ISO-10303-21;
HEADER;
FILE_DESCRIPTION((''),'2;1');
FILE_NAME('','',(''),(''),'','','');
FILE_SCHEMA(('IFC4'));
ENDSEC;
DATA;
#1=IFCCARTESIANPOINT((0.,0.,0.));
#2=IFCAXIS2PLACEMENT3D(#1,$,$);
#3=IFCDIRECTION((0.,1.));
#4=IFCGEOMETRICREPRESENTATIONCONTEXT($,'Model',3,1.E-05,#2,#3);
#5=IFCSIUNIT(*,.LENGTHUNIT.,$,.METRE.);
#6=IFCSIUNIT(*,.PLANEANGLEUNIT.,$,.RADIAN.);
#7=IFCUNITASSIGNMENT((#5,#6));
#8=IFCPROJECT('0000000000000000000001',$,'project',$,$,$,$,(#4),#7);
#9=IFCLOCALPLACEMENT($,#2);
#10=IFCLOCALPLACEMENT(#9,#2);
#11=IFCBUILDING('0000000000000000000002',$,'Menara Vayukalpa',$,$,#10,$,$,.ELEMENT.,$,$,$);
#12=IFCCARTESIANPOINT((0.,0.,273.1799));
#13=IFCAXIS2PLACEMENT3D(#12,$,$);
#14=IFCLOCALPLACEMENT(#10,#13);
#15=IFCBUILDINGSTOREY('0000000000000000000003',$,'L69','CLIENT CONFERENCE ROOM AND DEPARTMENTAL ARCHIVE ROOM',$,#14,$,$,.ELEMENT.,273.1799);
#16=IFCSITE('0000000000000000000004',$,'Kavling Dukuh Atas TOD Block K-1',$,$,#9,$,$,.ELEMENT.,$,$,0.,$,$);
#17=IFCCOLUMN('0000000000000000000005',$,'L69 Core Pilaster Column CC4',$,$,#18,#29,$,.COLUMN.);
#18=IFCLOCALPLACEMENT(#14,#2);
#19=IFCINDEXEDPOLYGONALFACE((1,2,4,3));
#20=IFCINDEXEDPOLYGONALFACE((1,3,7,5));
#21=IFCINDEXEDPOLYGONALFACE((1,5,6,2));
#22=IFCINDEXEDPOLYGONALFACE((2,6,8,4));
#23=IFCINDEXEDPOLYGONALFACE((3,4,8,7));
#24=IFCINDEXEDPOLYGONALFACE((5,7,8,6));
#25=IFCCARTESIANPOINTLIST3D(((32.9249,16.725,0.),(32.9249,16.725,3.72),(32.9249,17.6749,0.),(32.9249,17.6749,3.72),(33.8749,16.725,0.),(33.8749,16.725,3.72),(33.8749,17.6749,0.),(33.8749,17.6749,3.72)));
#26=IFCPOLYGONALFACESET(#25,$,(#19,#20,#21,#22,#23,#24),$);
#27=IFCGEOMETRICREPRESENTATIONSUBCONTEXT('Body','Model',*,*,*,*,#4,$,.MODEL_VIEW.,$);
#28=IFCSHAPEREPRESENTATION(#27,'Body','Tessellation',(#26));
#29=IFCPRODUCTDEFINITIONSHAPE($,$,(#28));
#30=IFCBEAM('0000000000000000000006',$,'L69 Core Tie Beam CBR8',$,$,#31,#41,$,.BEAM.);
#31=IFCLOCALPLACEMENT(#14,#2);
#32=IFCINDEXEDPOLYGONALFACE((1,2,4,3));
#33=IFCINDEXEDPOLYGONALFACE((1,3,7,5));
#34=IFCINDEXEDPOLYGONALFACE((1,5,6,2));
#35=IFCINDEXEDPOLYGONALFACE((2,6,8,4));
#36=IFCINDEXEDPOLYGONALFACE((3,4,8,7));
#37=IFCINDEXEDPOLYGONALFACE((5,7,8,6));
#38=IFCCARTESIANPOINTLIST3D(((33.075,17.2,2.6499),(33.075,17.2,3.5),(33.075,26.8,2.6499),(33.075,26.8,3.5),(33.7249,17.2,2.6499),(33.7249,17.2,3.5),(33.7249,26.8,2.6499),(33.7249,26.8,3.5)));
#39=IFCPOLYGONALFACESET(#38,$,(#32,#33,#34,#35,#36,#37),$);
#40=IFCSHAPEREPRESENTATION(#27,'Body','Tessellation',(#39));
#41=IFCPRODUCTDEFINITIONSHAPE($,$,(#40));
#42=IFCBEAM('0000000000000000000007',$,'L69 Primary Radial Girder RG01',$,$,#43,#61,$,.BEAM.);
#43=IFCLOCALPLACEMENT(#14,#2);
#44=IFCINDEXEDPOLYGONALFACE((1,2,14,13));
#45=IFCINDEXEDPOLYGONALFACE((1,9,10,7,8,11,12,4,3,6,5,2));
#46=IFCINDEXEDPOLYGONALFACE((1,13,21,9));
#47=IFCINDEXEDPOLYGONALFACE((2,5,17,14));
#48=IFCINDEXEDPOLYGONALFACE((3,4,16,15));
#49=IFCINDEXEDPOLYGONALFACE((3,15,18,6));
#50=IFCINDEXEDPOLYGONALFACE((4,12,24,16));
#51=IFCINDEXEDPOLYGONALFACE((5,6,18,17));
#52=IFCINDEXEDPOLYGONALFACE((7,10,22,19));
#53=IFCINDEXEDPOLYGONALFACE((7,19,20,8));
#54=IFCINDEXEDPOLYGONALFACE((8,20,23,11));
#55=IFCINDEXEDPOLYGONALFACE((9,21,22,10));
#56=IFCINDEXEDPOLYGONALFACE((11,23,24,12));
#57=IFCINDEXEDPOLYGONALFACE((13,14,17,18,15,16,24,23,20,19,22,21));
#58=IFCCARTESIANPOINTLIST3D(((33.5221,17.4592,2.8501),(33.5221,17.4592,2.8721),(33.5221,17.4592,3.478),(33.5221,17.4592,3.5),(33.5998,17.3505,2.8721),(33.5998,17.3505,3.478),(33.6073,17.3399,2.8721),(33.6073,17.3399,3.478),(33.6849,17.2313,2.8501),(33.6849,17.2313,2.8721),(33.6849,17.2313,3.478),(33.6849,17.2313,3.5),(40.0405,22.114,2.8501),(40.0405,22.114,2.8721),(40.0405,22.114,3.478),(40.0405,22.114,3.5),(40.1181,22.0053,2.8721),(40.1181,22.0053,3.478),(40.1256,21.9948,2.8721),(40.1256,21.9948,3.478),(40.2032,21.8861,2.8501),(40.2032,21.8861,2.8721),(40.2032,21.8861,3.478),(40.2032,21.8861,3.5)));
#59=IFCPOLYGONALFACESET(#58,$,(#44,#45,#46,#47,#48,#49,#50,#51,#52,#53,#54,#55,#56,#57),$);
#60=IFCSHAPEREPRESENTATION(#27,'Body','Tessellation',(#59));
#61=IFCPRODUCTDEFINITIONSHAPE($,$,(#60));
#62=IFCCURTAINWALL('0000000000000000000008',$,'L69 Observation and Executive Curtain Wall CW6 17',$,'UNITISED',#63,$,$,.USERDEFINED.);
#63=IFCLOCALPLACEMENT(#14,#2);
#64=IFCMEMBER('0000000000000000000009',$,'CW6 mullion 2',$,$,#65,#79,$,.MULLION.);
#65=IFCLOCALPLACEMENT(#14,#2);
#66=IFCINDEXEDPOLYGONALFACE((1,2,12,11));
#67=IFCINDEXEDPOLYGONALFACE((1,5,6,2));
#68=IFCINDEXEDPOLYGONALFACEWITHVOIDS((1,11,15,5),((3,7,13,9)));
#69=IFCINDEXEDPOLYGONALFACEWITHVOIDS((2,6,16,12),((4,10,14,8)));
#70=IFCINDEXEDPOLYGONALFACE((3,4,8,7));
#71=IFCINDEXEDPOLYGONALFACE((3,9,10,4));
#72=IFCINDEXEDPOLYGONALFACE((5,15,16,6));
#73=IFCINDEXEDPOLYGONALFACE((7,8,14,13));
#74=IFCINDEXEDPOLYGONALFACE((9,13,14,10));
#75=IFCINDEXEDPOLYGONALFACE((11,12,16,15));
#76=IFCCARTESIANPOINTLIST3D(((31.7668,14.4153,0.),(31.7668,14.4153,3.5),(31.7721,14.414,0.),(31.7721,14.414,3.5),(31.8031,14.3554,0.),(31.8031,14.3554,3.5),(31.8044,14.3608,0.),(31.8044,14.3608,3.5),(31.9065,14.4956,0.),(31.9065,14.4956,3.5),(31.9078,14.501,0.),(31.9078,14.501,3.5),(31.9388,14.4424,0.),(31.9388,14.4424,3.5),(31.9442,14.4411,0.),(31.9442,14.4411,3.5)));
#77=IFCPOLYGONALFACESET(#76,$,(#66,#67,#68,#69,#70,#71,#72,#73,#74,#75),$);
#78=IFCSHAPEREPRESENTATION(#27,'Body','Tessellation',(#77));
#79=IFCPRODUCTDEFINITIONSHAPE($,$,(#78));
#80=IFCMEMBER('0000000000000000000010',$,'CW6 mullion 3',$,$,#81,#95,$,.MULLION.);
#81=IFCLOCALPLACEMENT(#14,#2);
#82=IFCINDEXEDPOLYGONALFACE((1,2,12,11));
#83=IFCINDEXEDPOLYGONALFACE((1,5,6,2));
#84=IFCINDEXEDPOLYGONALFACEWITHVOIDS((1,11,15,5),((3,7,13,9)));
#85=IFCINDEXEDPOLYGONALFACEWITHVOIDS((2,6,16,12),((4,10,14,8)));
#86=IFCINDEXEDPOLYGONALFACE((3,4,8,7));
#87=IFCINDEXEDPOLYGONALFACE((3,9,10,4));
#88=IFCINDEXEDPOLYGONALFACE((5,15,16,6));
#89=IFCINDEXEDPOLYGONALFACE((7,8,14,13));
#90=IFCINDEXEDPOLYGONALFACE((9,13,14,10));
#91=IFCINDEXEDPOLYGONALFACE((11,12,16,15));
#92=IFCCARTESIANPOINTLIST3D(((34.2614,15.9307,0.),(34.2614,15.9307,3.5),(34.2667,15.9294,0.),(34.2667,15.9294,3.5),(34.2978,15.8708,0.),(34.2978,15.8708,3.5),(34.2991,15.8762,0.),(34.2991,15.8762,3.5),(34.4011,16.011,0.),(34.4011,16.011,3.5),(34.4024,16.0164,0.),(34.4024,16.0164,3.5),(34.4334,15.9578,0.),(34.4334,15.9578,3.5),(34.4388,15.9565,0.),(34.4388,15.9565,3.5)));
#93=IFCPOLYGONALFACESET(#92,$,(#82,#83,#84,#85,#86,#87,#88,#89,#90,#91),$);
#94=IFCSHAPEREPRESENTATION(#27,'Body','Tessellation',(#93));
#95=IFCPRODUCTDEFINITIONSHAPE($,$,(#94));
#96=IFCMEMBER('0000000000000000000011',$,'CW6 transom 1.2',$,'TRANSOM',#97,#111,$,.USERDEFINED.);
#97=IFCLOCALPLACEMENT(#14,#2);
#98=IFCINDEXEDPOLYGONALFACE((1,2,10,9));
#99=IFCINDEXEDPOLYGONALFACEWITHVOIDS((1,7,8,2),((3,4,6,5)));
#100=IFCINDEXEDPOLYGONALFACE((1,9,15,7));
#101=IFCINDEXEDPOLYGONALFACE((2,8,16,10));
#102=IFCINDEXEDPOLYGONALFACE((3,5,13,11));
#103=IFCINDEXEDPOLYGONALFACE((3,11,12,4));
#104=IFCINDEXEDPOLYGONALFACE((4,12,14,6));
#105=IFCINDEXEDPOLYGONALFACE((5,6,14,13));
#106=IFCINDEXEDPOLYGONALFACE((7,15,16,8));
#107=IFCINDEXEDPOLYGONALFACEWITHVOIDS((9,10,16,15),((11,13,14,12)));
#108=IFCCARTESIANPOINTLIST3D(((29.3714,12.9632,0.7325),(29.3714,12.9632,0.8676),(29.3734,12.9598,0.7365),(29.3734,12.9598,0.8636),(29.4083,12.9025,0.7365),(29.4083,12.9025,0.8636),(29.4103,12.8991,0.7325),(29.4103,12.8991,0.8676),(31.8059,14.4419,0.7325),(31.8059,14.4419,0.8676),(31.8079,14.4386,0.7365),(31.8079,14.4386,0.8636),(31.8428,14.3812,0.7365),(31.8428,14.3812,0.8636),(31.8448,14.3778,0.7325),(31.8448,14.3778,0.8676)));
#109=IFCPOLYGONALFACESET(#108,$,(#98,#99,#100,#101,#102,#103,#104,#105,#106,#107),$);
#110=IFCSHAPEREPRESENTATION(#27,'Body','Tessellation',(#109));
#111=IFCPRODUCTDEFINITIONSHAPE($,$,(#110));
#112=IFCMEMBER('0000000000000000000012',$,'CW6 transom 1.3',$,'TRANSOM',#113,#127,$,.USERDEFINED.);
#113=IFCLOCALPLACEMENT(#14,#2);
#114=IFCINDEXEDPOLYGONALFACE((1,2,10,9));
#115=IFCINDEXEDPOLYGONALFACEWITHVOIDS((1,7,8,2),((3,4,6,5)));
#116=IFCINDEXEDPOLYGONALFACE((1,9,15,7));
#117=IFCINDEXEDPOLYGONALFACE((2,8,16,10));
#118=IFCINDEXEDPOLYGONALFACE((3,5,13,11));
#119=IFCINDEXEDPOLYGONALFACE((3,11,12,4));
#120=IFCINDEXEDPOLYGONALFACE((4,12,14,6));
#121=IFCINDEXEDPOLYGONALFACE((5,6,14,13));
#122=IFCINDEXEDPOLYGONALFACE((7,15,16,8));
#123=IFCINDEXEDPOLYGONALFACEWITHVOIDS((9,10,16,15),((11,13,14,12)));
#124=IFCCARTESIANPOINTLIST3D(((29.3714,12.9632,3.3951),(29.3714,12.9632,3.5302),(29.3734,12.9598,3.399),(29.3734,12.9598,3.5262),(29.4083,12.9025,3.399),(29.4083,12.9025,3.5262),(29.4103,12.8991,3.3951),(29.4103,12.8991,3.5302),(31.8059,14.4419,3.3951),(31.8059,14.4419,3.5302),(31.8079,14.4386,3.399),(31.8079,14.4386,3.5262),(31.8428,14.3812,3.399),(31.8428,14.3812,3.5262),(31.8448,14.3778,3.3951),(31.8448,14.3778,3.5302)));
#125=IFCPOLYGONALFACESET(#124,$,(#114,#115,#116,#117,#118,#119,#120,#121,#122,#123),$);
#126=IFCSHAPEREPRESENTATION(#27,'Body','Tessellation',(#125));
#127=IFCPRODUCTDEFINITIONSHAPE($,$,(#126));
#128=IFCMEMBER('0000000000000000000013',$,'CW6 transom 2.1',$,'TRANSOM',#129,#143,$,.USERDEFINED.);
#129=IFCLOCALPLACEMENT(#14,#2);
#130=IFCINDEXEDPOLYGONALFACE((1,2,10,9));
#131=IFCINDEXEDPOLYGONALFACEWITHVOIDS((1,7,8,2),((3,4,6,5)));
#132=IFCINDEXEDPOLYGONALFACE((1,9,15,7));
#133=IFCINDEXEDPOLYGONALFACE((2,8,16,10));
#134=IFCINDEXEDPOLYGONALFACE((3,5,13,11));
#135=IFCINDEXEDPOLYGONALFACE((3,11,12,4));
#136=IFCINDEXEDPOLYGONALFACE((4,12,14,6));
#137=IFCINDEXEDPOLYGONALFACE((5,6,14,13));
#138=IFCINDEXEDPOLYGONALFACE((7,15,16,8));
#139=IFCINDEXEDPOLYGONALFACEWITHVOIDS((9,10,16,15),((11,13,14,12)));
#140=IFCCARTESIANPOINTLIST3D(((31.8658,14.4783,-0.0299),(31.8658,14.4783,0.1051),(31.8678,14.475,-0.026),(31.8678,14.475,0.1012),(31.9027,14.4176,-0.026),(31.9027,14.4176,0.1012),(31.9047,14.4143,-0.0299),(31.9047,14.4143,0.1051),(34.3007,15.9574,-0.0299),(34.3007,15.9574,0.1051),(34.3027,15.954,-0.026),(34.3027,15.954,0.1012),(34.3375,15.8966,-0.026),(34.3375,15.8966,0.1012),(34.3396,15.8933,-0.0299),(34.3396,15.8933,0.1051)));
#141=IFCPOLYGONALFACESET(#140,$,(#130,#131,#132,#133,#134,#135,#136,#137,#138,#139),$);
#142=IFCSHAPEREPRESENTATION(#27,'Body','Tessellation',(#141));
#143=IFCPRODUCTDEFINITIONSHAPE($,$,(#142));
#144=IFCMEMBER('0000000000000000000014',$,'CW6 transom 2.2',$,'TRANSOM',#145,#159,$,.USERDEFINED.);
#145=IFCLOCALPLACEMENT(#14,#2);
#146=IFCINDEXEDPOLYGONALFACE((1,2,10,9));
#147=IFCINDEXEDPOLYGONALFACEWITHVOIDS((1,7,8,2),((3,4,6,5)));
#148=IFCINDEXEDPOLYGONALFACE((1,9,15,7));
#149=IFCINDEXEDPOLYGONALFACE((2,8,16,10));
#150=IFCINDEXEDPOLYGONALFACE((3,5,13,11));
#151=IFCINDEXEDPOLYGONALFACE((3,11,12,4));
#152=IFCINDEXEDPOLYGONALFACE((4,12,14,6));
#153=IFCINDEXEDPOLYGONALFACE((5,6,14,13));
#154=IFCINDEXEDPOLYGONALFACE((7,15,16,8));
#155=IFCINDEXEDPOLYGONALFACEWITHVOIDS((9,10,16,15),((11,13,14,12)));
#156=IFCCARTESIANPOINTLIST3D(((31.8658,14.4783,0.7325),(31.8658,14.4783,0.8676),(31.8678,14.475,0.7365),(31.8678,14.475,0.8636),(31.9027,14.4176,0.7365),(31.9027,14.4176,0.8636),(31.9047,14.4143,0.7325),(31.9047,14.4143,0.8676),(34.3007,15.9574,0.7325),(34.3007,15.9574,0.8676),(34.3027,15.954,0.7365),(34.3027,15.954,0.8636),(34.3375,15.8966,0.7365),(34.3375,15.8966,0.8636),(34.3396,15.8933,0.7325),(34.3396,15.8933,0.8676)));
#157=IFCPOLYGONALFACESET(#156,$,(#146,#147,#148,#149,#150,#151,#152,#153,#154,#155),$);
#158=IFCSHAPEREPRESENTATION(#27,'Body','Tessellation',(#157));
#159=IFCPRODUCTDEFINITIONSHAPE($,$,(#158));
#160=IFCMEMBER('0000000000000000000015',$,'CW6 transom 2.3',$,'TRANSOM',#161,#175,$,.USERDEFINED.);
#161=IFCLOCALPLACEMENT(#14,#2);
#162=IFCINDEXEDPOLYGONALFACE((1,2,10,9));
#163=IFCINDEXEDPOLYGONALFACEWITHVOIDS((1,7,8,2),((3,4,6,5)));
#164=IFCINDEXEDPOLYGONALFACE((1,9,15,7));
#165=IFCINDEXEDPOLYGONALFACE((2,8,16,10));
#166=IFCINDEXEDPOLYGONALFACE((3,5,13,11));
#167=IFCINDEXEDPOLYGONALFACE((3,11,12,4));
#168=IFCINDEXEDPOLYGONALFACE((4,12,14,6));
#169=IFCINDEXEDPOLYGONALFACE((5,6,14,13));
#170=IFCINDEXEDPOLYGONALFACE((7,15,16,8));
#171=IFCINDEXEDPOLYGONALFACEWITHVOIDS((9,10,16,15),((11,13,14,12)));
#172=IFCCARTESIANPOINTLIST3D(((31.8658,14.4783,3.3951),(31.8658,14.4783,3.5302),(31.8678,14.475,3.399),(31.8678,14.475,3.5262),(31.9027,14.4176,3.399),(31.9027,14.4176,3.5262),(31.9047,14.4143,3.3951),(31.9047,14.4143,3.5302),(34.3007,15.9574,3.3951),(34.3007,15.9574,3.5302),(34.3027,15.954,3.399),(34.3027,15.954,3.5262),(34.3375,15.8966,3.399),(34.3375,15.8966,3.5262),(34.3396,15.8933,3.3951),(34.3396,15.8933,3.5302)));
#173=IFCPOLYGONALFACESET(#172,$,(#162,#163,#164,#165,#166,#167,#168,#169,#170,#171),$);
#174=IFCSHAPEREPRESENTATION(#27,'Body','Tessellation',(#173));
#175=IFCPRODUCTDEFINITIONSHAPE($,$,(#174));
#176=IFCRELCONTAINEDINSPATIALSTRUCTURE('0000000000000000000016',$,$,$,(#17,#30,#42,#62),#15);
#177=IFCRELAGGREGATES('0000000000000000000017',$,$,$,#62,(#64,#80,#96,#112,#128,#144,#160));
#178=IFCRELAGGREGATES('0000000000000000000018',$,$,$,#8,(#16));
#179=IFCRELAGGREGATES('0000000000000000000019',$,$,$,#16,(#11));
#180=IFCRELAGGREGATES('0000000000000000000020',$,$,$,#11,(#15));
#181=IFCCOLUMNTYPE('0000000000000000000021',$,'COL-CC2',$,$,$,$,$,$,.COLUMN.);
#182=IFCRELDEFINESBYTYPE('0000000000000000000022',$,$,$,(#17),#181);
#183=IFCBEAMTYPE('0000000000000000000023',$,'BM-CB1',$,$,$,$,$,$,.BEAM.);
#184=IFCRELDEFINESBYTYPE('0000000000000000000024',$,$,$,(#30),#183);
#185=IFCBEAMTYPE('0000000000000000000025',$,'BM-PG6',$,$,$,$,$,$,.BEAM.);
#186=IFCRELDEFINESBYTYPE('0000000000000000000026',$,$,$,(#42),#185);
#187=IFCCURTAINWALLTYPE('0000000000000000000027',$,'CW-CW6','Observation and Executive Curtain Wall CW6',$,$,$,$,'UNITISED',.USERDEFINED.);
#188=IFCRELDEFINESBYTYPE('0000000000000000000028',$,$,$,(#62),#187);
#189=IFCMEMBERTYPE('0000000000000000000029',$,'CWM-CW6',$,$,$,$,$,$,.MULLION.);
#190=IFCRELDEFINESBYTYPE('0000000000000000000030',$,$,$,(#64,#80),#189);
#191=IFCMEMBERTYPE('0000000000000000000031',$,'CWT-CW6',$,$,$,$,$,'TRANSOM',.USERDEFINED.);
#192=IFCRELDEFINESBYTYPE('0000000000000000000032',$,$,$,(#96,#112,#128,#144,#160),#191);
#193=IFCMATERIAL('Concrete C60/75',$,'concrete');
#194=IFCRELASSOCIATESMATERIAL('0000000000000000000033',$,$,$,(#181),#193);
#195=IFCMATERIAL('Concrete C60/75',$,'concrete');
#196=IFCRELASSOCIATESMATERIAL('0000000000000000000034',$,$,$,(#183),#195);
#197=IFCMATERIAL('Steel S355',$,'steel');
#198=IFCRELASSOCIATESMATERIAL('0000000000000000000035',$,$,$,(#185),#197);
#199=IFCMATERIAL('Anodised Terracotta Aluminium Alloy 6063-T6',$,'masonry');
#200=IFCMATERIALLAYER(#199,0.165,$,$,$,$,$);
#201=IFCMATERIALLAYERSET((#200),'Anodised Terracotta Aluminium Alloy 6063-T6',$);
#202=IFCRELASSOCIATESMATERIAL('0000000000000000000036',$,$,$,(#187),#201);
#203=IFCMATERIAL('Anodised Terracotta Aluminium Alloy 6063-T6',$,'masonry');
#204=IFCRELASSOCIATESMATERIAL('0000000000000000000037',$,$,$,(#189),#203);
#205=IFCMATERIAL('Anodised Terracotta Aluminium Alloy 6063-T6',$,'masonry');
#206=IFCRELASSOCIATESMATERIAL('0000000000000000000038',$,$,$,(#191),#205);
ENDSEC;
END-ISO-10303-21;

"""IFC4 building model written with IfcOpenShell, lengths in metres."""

from ifc_helpers import new_model, si_unit, direction, frame, origin, origin_2d, place, context, subcontext, project, spatial, rectangle, hollow_rectangle, i_section, extrude, material, layer, layer_set, material_profile, profile_set, type_object, element, aggregate, save


model = new_model("IFC4")

# Units and contexts
model_context = context("Model", 3, precision=1e-05, world=origin(), true_north=direction((0.0, 1.0)))
body_context = subcontext(model_context, "Body", "Model", "MODEL_VIEW")
ifc_project = project(units=[si_unit("LENGTHUNIT", "METRE"), si_unit("PLANEANGLEUNIT", "RADIAN")], contexts=[model_context])

# Site, building, storey
site_placement = place(None, origin())
site = spatial("IfcSite", under=ifc_project, at=site_placement, Name="Kavling Dukuh Atas TOD Block K-1", CompositionType="ELEMENT", RefElevation=0.0)
building_placement = place(site_placement, origin())
building = spatial("IfcBuilding", under=site, at=building_placement, Name="Menara Vayukalpa", CompositionType="ELEMENT")
storey_placement = place(building_placement, frame((0.0, 0.0, 273.1799)))
storey = spatial("IfcBuildingStorey", under=building, at=storey_placement, Name="L69", Description="CLIENT CONFERENCE ROOM AND DEPARTMENTAL ARCHIVE ROOM", CompositionType="ELEMENT", Elevation=273.1799)

# Column
ifc_material_1 = material(Name="Concrete C60/75", Category="concrete")
ifc_material_profile_1 = material_profile(ifc_material_1, rectangle(XDim=0.95, YDim=0.95, at=origin_2d()), Name="RC 950x950")
ifc_profile_set_1 = profile_set([ifc_material_profile_1], Name="Concrete C60/75")
column_type = type_object("IfcColumnType", Name="COL-CC2", PredefinedType="COLUMN", material=ifc_profile_set_1)
column_placement = place(storey_placement, frame((33.3999, 17.2, 0.0), z_axis=(0.0, 0.0, 1.0), x_axis=(1.0, 0.0, 0.0)))
element("IfcColumn", 1, at=column_placement, inside=storey, type_object=column_type, Name="L69 Core Pilaster Column CC4", PredefinedType="COLUMN", context=body_context, shape_type="SweptSolid", body=[
    extrude(rectangle(XDim=0.95, YDim=0.95, at=origin_2d()), origin(), (0.0, 0.0, 1.0), 3.72),
])

# Beams
ifc_material_2 = material(Name="Concrete C60/75", Category="concrete")
ifc_material_profile_2 = material_profile(ifc_material_2, rectangle(XDim=0.6499, YDim=0.8501, at=origin_2d()), Name="RC 650x850")
ifc_profile_set_2 = profile_set([ifc_material_profile_2], Name="Concrete C60/75")
beam_type_1 = type_object("IfcBeamType", Name="BM-CB1", PredefinedType="BEAM", material=ifc_profile_set_2)
beam_1_placement = place(storey_placement, frame((33.3999, 17.2, 3.075), z_axis=(0.0, 1.0, 0.0), x_axis=(-1.0, 0.0, 0.0)))
element("IfcBeam", 2, at=beam_1_placement, inside=storey, type_object=beam_type_1, Name="L69 Core Tie Beam CBR8", PredefinedType="BEAM", context=body_context, shape_type="SweptSolid", body=[
    extrude(rectangle(XDim=0.6499, YDim=0.8501, at=origin_2d()), origin(), (0.0, 0.0, 1.0), 9.6001),
])
ifc_material_3 = material(Name="Steel S355", Category="steel")
ifc_material_profile_3 = material_profile(ifc_material_3, i_section(OverallWidth=0.28, OverallDepth=0.6499, WebThickness=0.0129, FlangeThickness=0.022, at=origin_2d()), Name="WF 650x280x13x22")
ifc_profile_set_3 = profile_set([ifc_material_profile_3], Name="Steel S355")
beam_type_2 = type_object("IfcBeamType", Name="BM-PG6", PredefinedType="BEAM", material=ifc_profile_set_3)
beam_2_placement = place(storey_placement, frame((33.6035, 17.3452, 3.175), z_axis=(0.813801, 0.581143, 0.0), x_axis=(-0.581143, 0.813801, 0.0)))
element("IfcBeam", 3, at=beam_2_placement, inside=storey, type_object=beam_type_2, Name="L69 Primary Radial Girder RG01", PredefinedType="BEAM", context=body_context, shape_type="SweptSolid", body=[
    extrude(i_section(OverallWidth=0.28, OverallDepth=0.6499, WebThickness=0.0129, FlangeThickness=0.022, at=origin_2d()), origin(), (0.0, 0.0, 1.0), 8.0098),
])

# Curtain wall, members
ifc_material_4 = material(Name="Anodised Terracotta Aluminium Alloy 6063-T6", Category="masonry")
ifc_layer_1 = layer(ifc_material_4, 0.165)
ifc_layer_set_1 = layer_set([ifc_layer_1], Name="Anodised Terracotta Aluminium Alloy 6063-T6")
curtain_wall_type = type_object("IfcCurtainWallType", Name="CW-CW6", Description="Observation and Executive Curtain Wall CW6", ElementType="UNITISED", PredefinedType="USERDEFINED", material=ifc_layer_set_1)
curtain_wall_placement = place(storey_placement, origin())
curtain_wall = element("IfcCurtainWall", 4, at=curtain_wall_placement, inside=storey, type_object=curtain_wall_type, Name="L69 Observation and Executive Curtain Wall CW6 17", ObjectType="UNITISED", PredefinedType="USERDEFINED")
ifc_material_5 = material(Name="Anodised Terracotta Aluminium Alloy 6063-T6", Category="masonry")
ifc_material_profile_4 = material_profile(ifc_material_5, hollow_rectangle(XDim=0.0701, YDim=0.165, WallThickness=0.0039, at=origin_2d()), Name="ALU 70x165x4")
ifc_profile_set_4 = profile_set([ifc_material_profile_4], Name="Anodised Terracotta Aluminium Alloy 6063-T6")
member_type_1 = type_object("IfcMemberType", Name="CWM-CW6", PredefinedType="MULLION", material=ifc_profile_set_4)
member_1_placement = place(storey_placement, frame((31.8555, 14.4282, 0.0), z_axis=(0.0, 0.0, 1.0), x_axis=(-0.519176, 0.854668, 0.0)))
member_1 = element("IfcMember", 5, at=member_1_placement, type_object=member_type_1, Name="CW6 mullion 2", PredefinedType="MULLION", context=body_context, shape_type="SweptSolid", body=[
    extrude(hollow_rectangle(XDim=0.0701, YDim=0.165, WallThickness=0.0039, at=origin_2d()), origin(), (0.0, 0.0, 1.0), 3.5),
])
member_2_placement = place(storey_placement, frame((34.3501, 15.9436, 0.0), z_axis=(0.0, 0.0, 1.0), x_axis=(-0.519176, 0.854668, 0.0)))
member_2 = element("IfcMember", 6, at=member_2_placement, type_object=member_type_1, Name="CW6 mullion 3", PredefinedType="MULLION", context=body_context, shape_type="SweptSolid", body=[
    extrude(hollow_rectangle(XDim=0.0701, YDim=0.165, WallThickness=0.0039, at=origin_2d()), origin(), (0.0, 0.0, 1.0), 3.5),
])
ifc_material_6 = material(Name="Anodised Terracotta Aluminium Alloy 6063-T6", Category="masonry")
ifc_material_profile_5 = material_profile(ifc_material_6, hollow_rectangle(XDim=0.075, YDim=0.135, WallThickness=0.0039, at=origin_2d()), Name="ALU 75x135x4")
ifc_profile_set_5 = profile_set([ifc_material_profile_5], Name="Anodised Terracotta Aluminium Alloy 6063-T6")
member_type_2 = type_object("IfcMemberType", Name="CWT-CW6", ElementType="TRANSOM", PredefinedType="USERDEFINED", material=ifc_profile_set_5)
member_3_placement = place(storey_placement, frame((29.3909, 12.9312, 0.8), z_axis=(0.85469, 0.519139, 0.0), x_axis=(-0.519139, 0.85469, 0.0)))
member_3 = element("IfcMember", 7, at=member_3_placement, type_object=member_type_2, Name="CW6 transom 1.2", ObjectType="TRANSOM", PredefinedType="USERDEFINED", context=body_context, shape_type="SweptSolid", body=[
    extrude(hollow_rectangle(XDim=0.075, YDim=0.135, WallThickness=0.0039, at=origin_2d()), origin(), (0.0, 0.0, 1.0), 2.8484),
])
member_4_placement = place(storey_placement, frame((29.3909, 12.9312, 3.4626), z_axis=(0.85469, 0.519139, 0.0), x_axis=(-0.519139, 0.85469, 0.0)))
member_4 = element("IfcMember", 8, at=member_4_placement, type_object=member_type_2, Name="CW6 transom 1.3", ObjectType="TRANSOM", PredefinedType="USERDEFINED", context=body_context, shape_type="SweptSolid", body=[
    extrude(hollow_rectangle(XDim=0.075, YDim=0.135, WallThickness=0.0039, at=origin_2d()), origin(), (0.0, 0.0, 1.0), 2.8484),
])
member_5_placement = place(storey_placement, frame((31.8853, 14.4463, 0.0376), z_axis=(0.854675, 0.519164, 0.0), x_axis=(-0.519164, 0.854675, 0.0)))
member_5 = element("IfcMember", 9, at=member_5_placement, type_object=member_type_2, Name="CW6 transom 2.1", ObjectType="TRANSOM", PredefinedType="USERDEFINED", context=body_context, shape_type="SweptSolid", body=[
    extrude(hollow_rectangle(XDim=0.075, YDim=0.135, WallThickness=0.0039, at=origin_2d()), origin(), (0.0, 0.0, 1.0), 2.8489),
])
member_6_placement = place(storey_placement, frame((31.8853, 14.4463, 0.8), z_axis=(0.854675, 0.519164, 0.0), x_axis=(-0.519164, 0.854675, 0.0)))
member_6 = element("IfcMember", 10, at=member_6_placement, type_object=member_type_2, Name="CW6 transom 2.2", ObjectType="TRANSOM", PredefinedType="USERDEFINED", context=body_context, shape_type="SweptSolid", body=[
    extrude(hollow_rectangle(XDim=0.075, YDim=0.135, WallThickness=0.0039, at=origin_2d()), origin(), (0.0, 0.0, 1.0), 2.8489),
])
member_7_placement = place(storey_placement, frame((31.8853, 14.4463, 3.4626), z_axis=(0.854675, 0.519164, 0.0), x_axis=(-0.519164, 0.854675, 0.0)))
member_7 = element("IfcMember", 11, at=member_7_placement, type_object=member_type_2, Name="CW6 transom 2.3", ObjectType="TRANSOM", PredefinedType="USERDEFINED", context=body_context, shape_type="SweptSolid", body=[
    extrude(hollow_rectangle(XDim=0.075, YDim=0.135, WallThickness=0.0039, at=origin_2d()), origin(), (0.0, 0.0, 1.0), 2.8489),
])
aggregate(curtain_wall, [member_1, member_2, member_3, member_4, member_5, member_6, member_7])

save(model, "model.ifc")
